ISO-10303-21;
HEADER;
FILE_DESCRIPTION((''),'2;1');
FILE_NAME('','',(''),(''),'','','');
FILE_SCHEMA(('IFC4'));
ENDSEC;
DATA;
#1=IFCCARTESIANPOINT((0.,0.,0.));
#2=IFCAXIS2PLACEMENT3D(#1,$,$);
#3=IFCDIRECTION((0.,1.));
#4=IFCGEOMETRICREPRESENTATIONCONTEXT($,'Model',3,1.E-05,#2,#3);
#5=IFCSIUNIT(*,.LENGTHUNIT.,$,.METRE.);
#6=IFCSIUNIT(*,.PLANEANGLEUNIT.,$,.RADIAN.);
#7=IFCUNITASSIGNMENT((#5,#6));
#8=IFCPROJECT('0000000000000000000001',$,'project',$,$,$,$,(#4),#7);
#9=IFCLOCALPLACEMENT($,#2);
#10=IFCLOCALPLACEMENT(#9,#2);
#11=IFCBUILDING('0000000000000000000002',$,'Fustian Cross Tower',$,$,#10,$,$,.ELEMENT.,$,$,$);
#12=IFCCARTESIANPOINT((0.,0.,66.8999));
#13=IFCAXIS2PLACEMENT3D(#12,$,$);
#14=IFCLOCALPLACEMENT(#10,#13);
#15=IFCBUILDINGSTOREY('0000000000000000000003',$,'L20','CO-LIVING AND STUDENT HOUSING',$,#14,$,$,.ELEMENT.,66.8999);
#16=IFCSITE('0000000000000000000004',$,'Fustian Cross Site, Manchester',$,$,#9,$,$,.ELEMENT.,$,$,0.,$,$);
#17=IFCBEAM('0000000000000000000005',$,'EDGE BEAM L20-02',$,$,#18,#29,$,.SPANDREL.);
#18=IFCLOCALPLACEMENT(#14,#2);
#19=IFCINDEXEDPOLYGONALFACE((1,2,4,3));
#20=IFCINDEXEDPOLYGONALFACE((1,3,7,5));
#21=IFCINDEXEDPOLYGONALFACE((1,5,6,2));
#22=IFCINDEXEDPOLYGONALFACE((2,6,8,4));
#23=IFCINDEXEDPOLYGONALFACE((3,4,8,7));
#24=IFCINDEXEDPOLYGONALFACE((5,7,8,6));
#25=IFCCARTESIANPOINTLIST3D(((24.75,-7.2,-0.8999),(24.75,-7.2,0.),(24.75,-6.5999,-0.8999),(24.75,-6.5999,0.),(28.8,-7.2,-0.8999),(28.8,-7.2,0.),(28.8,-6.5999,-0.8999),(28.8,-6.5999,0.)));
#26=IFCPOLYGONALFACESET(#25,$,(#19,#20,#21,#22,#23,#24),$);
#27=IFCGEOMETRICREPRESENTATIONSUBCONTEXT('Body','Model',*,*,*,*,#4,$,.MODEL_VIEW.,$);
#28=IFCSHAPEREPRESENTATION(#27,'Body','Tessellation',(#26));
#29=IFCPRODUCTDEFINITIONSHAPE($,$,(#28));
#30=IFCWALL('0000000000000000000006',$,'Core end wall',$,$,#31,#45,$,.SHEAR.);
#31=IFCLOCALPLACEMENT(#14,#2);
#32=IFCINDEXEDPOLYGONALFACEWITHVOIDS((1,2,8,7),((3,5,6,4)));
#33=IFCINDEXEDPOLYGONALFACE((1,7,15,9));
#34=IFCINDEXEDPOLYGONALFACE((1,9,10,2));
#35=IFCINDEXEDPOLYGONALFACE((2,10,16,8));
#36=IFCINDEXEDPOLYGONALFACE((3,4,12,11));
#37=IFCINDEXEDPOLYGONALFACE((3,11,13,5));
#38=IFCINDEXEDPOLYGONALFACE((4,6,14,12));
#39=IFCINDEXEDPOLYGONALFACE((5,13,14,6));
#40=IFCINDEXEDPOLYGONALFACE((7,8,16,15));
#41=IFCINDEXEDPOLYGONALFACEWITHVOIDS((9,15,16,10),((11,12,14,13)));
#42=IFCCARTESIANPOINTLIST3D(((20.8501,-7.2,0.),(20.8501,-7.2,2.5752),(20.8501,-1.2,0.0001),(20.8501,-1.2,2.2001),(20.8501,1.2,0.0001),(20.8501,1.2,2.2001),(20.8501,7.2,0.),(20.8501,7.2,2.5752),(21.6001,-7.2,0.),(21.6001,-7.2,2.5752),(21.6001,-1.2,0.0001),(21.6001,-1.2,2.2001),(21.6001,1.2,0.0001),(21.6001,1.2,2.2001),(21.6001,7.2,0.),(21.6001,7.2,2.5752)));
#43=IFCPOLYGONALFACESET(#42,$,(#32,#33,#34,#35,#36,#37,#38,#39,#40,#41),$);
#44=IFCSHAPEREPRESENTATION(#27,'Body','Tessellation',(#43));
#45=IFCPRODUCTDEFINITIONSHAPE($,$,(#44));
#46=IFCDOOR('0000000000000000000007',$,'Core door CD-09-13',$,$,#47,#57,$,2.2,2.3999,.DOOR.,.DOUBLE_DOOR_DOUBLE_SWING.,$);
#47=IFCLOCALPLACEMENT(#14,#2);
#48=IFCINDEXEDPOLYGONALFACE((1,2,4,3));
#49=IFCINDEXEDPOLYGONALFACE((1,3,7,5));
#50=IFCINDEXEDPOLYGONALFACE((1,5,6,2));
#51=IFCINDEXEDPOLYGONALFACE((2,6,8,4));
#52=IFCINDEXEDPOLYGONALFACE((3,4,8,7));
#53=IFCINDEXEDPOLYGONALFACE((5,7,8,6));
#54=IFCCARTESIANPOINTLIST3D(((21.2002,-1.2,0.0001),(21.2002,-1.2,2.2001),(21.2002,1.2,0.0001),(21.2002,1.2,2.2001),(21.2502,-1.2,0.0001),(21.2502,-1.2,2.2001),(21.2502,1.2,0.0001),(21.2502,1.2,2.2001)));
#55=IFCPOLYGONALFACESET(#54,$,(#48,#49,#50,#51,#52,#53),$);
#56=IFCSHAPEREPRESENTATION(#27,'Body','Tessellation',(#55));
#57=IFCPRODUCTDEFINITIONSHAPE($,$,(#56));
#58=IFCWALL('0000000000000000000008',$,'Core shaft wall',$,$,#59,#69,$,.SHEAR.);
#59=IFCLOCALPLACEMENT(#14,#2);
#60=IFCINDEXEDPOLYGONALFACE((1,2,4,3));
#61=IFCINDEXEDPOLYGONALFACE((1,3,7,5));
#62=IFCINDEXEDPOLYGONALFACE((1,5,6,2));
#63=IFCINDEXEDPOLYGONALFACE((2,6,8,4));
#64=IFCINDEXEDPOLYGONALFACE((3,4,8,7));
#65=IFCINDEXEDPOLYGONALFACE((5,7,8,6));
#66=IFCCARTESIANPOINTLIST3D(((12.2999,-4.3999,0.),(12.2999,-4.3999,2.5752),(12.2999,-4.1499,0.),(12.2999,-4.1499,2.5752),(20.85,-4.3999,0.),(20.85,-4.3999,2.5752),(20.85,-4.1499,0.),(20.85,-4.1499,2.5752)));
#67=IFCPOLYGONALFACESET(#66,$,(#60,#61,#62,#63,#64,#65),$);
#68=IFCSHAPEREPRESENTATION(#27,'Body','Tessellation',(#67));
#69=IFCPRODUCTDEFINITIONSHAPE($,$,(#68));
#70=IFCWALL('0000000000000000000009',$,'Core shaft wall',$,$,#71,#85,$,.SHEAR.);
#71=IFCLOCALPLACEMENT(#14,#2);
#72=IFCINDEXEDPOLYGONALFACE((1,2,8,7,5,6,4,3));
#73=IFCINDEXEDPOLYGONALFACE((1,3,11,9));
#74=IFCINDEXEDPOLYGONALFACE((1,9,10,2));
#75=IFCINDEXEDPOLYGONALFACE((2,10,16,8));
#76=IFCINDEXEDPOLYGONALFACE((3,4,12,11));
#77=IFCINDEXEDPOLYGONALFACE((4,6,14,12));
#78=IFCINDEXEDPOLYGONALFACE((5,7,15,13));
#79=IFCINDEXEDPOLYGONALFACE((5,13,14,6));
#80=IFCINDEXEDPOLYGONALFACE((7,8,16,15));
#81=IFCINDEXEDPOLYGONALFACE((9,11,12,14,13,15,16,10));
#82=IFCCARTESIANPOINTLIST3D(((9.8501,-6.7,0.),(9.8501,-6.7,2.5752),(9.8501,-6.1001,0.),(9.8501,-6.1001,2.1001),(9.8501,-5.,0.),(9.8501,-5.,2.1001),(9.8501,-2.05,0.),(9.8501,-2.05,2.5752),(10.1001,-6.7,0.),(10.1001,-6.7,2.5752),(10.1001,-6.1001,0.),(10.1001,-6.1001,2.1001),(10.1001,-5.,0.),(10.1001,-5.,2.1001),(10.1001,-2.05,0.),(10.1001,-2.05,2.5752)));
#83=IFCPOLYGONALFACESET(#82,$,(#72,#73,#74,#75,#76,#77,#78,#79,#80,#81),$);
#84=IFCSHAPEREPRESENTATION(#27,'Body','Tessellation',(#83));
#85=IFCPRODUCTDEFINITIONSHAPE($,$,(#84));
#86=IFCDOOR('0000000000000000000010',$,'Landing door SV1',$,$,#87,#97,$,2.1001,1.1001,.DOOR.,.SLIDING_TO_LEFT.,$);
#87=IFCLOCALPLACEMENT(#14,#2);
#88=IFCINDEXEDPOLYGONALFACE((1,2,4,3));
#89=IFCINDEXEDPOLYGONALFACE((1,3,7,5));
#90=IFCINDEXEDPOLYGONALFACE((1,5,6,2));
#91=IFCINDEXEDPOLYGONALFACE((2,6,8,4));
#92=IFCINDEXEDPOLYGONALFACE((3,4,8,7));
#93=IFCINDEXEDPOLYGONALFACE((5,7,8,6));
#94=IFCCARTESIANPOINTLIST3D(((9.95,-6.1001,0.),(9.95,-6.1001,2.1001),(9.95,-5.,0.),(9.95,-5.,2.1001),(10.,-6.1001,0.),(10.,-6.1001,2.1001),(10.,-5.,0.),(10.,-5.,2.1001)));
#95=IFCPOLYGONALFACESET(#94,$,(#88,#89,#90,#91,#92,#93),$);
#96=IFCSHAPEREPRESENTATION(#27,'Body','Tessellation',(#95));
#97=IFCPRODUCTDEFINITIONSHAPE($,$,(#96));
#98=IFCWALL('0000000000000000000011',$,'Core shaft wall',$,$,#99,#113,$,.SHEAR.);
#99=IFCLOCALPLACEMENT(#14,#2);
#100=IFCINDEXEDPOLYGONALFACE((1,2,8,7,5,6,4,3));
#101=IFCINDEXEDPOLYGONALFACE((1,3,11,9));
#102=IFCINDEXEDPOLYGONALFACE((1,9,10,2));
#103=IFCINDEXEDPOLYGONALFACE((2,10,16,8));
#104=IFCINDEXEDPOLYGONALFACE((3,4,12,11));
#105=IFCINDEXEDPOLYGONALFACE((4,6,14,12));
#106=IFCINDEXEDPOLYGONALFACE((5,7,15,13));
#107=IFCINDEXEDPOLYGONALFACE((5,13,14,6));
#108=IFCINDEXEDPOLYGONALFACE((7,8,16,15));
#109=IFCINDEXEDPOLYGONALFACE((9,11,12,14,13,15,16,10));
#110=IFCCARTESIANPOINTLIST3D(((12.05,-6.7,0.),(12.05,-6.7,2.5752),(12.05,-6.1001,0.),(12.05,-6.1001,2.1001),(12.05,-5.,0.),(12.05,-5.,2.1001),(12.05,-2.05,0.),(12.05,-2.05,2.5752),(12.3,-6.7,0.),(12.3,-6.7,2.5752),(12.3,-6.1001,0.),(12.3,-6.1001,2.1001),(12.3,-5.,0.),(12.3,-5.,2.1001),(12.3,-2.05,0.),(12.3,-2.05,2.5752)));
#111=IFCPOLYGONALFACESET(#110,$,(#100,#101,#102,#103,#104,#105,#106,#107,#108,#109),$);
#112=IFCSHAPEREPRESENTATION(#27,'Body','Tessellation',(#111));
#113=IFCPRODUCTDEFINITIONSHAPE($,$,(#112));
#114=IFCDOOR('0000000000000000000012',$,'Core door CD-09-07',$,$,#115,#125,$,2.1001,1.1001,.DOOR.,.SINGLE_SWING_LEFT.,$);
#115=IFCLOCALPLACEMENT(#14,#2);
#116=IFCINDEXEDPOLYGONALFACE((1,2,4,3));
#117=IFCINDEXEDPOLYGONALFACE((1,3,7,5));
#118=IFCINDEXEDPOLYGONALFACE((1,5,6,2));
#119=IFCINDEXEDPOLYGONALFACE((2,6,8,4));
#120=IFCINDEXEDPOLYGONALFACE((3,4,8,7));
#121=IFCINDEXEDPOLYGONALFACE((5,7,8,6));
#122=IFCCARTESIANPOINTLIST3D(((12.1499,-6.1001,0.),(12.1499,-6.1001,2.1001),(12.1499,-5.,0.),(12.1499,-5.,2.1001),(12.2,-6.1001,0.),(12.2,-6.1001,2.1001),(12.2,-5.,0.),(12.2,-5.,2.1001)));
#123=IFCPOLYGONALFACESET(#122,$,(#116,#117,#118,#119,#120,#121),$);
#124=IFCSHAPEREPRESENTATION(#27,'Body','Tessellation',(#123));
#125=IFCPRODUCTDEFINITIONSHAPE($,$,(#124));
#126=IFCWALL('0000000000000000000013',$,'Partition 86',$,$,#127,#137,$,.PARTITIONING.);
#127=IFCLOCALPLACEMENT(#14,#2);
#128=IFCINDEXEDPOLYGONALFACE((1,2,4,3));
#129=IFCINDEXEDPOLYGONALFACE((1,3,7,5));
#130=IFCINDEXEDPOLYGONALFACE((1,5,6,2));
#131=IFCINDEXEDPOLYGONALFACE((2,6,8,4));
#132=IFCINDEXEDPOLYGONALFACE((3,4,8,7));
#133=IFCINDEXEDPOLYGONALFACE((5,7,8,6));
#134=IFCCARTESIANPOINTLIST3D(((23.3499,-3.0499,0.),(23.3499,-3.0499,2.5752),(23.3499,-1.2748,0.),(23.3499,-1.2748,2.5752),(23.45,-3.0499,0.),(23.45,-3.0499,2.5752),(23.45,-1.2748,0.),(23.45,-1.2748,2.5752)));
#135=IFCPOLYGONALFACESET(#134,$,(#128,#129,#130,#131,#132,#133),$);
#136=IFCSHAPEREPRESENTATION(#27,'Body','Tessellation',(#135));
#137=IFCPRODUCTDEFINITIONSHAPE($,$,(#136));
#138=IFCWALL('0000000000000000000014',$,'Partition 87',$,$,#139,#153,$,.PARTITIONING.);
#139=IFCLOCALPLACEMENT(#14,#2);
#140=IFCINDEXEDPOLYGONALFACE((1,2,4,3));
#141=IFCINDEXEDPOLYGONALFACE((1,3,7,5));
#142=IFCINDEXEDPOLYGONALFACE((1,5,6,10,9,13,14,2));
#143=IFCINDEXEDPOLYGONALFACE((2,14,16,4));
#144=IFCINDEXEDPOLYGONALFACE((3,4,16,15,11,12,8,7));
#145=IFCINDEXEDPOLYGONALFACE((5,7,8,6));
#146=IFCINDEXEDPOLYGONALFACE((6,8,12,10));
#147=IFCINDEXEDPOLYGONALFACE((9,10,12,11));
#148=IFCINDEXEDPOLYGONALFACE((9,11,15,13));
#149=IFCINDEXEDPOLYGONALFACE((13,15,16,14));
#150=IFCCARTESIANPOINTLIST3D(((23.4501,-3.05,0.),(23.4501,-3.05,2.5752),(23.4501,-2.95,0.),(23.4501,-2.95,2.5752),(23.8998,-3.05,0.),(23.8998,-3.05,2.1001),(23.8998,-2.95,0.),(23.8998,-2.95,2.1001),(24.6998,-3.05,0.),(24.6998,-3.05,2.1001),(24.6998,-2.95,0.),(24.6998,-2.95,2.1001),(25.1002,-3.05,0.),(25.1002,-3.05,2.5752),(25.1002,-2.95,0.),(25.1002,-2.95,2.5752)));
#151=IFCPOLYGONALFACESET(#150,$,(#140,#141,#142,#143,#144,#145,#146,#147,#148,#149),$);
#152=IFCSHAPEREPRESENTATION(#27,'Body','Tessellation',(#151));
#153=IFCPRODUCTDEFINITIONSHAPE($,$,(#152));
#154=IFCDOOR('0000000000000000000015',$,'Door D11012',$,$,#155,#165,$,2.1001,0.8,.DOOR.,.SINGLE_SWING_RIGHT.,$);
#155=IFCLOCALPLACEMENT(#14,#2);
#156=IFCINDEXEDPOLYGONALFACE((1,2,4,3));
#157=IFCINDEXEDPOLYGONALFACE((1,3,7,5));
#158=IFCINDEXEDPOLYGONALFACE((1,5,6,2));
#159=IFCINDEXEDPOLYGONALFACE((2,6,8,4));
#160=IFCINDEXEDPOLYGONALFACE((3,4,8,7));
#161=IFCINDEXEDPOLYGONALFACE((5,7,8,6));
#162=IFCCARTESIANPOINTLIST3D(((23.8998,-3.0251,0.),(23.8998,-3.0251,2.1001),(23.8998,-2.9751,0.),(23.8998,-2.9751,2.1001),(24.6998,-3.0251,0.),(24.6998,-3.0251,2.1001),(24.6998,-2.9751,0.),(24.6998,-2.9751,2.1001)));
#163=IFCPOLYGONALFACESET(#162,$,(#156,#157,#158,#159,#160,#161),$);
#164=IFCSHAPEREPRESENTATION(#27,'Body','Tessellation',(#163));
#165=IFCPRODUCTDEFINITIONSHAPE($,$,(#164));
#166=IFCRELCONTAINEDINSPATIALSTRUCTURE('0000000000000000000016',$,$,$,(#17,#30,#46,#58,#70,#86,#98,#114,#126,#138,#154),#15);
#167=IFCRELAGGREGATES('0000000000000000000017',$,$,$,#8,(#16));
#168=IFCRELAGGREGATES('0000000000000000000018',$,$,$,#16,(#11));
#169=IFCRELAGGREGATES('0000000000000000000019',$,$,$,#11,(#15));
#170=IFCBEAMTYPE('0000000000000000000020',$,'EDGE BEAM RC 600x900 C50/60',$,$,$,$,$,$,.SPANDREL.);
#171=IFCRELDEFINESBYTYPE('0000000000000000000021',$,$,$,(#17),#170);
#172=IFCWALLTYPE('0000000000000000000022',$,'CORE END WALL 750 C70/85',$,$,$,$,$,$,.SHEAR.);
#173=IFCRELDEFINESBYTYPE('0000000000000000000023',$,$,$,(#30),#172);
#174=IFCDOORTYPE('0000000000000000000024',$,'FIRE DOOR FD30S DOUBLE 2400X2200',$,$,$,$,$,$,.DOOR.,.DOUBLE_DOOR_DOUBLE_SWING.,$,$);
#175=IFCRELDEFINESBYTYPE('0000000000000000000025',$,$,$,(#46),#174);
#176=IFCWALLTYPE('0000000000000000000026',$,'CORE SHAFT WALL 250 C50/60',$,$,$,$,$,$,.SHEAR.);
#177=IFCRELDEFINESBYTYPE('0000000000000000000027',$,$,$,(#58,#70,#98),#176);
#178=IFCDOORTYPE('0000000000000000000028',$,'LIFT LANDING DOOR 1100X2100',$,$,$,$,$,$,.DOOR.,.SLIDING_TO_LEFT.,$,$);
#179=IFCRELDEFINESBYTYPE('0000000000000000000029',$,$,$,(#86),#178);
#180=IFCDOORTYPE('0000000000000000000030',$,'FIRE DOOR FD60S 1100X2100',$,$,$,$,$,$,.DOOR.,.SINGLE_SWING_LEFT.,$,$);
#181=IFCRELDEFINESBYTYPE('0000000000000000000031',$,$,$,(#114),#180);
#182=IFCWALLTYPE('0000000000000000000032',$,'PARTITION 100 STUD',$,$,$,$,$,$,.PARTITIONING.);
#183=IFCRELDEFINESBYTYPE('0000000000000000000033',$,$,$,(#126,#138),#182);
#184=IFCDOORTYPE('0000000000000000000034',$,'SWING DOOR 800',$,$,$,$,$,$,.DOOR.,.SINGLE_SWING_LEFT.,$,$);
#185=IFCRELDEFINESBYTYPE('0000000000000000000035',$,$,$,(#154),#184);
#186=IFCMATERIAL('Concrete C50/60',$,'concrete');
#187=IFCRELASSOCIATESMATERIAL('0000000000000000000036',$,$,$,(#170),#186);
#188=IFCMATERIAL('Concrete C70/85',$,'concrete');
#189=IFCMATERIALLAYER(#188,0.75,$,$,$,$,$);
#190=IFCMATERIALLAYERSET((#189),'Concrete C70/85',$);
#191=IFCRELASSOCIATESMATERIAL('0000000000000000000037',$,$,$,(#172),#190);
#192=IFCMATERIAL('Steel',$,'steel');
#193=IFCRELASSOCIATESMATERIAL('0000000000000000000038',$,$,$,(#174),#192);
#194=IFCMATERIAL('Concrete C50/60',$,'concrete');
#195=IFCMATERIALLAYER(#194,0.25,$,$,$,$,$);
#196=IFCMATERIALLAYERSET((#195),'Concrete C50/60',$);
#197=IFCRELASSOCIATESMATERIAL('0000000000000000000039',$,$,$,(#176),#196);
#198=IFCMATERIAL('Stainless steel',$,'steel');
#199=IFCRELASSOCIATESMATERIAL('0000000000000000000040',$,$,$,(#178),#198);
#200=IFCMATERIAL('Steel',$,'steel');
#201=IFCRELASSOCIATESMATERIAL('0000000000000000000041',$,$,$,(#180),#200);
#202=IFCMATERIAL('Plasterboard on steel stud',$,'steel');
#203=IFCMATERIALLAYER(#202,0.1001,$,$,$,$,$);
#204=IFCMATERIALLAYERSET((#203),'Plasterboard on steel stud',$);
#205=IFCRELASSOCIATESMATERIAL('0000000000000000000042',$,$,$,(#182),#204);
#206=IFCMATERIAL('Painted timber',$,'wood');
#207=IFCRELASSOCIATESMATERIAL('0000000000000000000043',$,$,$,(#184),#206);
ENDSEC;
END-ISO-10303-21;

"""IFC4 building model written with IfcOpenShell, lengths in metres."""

from ifc_helpers import new_model, si_unit, direction, frame, frame_2d, origin, origin_2d, place, context, subcontext, project, spatial, rectangle, extrude, material, layer, layer_set, material_profile, profile_set, type_object, element, fill, save


model = new_model("IFC4")

# Units and contexts
model_context = context("Model", 3, precision=1e-05, world=origin(), true_north=direction((0.0, 1.0)))
body_context = subcontext(model_context, "Body", "Model", "MODEL_VIEW")
ifc_project = project(units=[si_unit("LENGTHUNIT", "METRE"), si_unit("PLANEANGLEUNIT", "RADIAN")], contexts=[model_context])

# Site, building, storey
site_placement = place(None, origin())
site = spatial("IfcSite", under=ifc_project, at=site_placement, Name="Fustian Cross Site, Manchester", CompositionType="ELEMENT", RefElevation=0.0)
building_placement = place(site_placement, origin())
building = spatial("IfcBuilding", under=site, at=building_placement, Name="Fustian Cross Tower", CompositionType="ELEMENT")
storey_placement = place(building_placement, frame((0.0, 0.0, 66.8999)))
storey = spatial("IfcBuildingStorey", under=building, at=storey_placement, Name="L20", Description="CO-LIVING AND STUDENT HOUSING", CompositionType="ELEMENT", Elevation=66.8999)

# Beam
ifc_material_1 = material(Name="Concrete C50/60", Category="concrete")
ifc_material_profile_1 = material_profile(ifc_material_1, rectangle(XDim=0.6001, YDim=0.8999, at=origin_2d()), Name="RC 600x900")
ifc_profile_set_1 = profile_set([ifc_material_profile_1], Name="Concrete C50/60")
beam_type = type_object("IfcBeamType", Name="EDGE BEAM RC 600x900 C50/60", PredefinedType="SPANDREL", material=ifc_profile_set_1)
beam_1_placement = place(storey_placement, frame((24.75, -6.8999, -0.45), z_axis=(1.0, 0.0, 0.0), x_axis=(0.0, 1.0, 0.0)))
element("IfcBeam", 1, at=beam_1_placement, inside=storey, type_object=beam_type, Name="EDGE BEAM L20-02", PredefinedType="SPANDREL", context=body_context, shape_type="SweptSolid", body=[
    extrude(rectangle(XDim=0.6001, YDim=0.8999, at=origin_2d()), origin(), (0.0, 0.0, 1.0), 4.05),
])

# Wall, opening, door
ifc_material_2 = material(Name="Concrete C70/85", Category="concrete")
ifc_layer_1 = layer(ifc_material_2, 0.75)
ifc_layer_set_1 = layer_set([ifc_layer_1], Name="Concrete C70/85")
wall_type_1 = type_object("IfcWallType", Name="CORE END WALL 750 C70/85", PredefinedType="SHEAR", material=ifc_layer_set_1)
wall_1_placement = place(storey_placement, frame((21.2251, -7.2, 0.0), z_axis=(0.0, 0.0, 1.0), x_axis=(0.0, 1.0, 0.0)))
wall_1 = element("IfcWall", 2, at=wall_1_placement, inside=storey, type_object=wall_type_1, Name="Core end wall", PredefinedType="SHEAR", context=body_context, shape_type="SweptSolid", body=[
    extrude(rectangle(XDim=14.3999, YDim=0.75, at=frame_2d((7.2, 0.0))), origin(), (0.0, 0.0, 1.0), 2.5752),
])
opening_1_placement = place(wall_1_placement, frame((6.0, 0.0, 0.0)))
opening_1 = element("IfcOpeningElement", 3, at=opening_1_placement, cuts=wall_1, PredefinedType="OPENING", context=body_context, shape_type="SweptSolid", body=[
    extrude(rectangle(XDim=2.3999, YDim=2.2, at=frame_2d((1.2, 1.1001))), frame((0.0, 0.385, 0.0), z_axis=(0.0, -1.0, 0.0), x_axis=(1.0, 0.0, 0.0)), (0.0, 0.0, 1.0), 0.77),
])
ifc_material_3 = material(Name="Steel", Category="steel")
door_type_1 = type_object("IfcDoorType", Name="FIRE DOOR FD30S DOUBLE 2400X2200", OperationType="DOUBLE_DOOR_DOUBLE_SWING", PredefinedType="DOOR", material=ifc_material_3)
door_1_placement = place(opening_1_placement, origin())
door_1 = element("IfcDoor", 4, at=door_1_placement, inside=storey, type_object=door_type_1, Name="Core door CD-09-13", OperationType="DOUBLE_DOOR_DOUBLE_SWING", OverallHeight=2.2, OverallWidth=2.3999, PredefinedType="DOOR", context=body_context, shape_type="SweptSolid", body=[
    extrude(rectangle(XDim=2.3999, YDim=2.2, at=frame_2d((1.2, 1.1001))), frame((0.0, 0.0249, 0.0), z_axis=(0.0, -1.0, 0.0), x_axis=(1.0, 0.0, 0.0)), (0.0, 0.0, 1.0), 0.05),
])
fill(opening_1, door_1)

# Wall
ifc_material_4 = material(Name="Concrete C50/60", Category="concrete")
ifc_layer_2 = layer(ifc_material_4, 0.25)
ifc_layer_set_2 = layer_set([ifc_layer_2], Name="Concrete C50/60")
wall_type_2 = type_object("IfcWallType", Name="CORE SHAFT WALL 250 C50/60", PredefinedType="SHEAR", material=ifc_layer_set_2)
wall_2_placement = place(storey_placement, frame((12.3, -4.2749, 0.0), z_axis=(0.0, 0.0, 1.0), x_axis=(1.0, 0.0, 0.0)))
element("IfcWall", 5, at=wall_2_placement, inside=storey, type_object=wall_type_2, Name="Core shaft wall", PredefinedType="SHEAR", context=body_context, shape_type="SweptSolid", body=[
    extrude(rectangle(XDim=8.55, YDim=0.25, at=frame_2d((4.2749, 0.0))), origin(), (0.0, 0.0, 1.0), 2.5752),
])

# Walls, openings, doors
wall_3_placement = place(storey_placement, frame((9.9751, -2.05, 0.0), z_axis=(0.0, 0.0, 1.0), x_axis=(0.0, -1.0, 0.0)))
wall_3 = element("IfcWall", 6, at=wall_3_placement, inside=storey, type_object=wall_type_2, Name="Core shaft wall", PredefinedType="SHEAR", context=body_context, shape_type="SweptSolid", body=[
    extrude(rectangle(XDim=4.6499, YDim=0.25, at=frame_2d((2.325, 0.0))), origin(), (0.0, 0.0, 1.0), 2.5752),
])
opening_2_placement = place(wall_3_placement, frame((2.95, 0.0, 0.0)))
opening_2 = element("IfcOpeningElement", 7, at=opening_2_placement, cuts=wall_3, PredefinedType="OPENING", context=body_context, shape_type="SweptSolid", body=[
    extrude(rectangle(XDim=1.1001, YDim=2.1001, at=frame_2d((0.55, 1.05))), frame((0.0, 0.135, 0.0), z_axis=(0.0, -1.0, 0.0), x_axis=(1.0, 0.0, 0.0)), (0.0, 0.0, 1.0), 0.27),
])
ifc_material_5 = material(Name="Stainless steel", Category="steel")
door_type_2 = type_object("IfcDoorType", Name="LIFT LANDING DOOR 1100X2100", OperationType="SLIDING_TO_LEFT", PredefinedType="DOOR", material=ifc_material_5)
door_2_placement = place(opening_2_placement, origin())
door_2 = element("IfcDoor", 8, at=door_2_placement, inside=storey, type_object=door_type_2, Name="Landing door SV1", OperationType="SLIDING_TO_LEFT", OverallHeight=2.1001, OverallWidth=1.1001, PredefinedType="DOOR", context=body_context, shape_type="SweptSolid", body=[
    extrude(rectangle(XDim=1.1001, YDim=2.1001, at=frame_2d((0.55, 1.05))), frame((0.0, 0.0249, 0.0), z_axis=(0.0, -1.0, 0.0), x_axis=(1.0, 0.0, 0.0)), (0.0, 0.0, 1.0), 0.05),
])
fill(opening_2, door_2)
wall_4_placement = place(storey_placement, frame((12.175, -2.05, 0.0), z_axis=(0.0, 0.0, 1.0), x_axis=(0.0, -1.0, 0.0)))
wall_4 = element("IfcWall", 9, at=wall_4_placement, inside=storey, type_object=wall_type_2, Name="Core shaft wall", PredefinedType="SHEAR", context=body_context, shape_type="SweptSolid", body=[
    extrude(rectangle(XDim=4.6499, YDim=0.25, at=frame_2d((2.325, 0.0))), origin(), (0.0, 0.0, 1.0), 2.5752),
])
opening_3_placement = place(wall_4_placement, frame((2.95, 0.0, 0.0)))
opening_3 = element("IfcOpeningElement", 10, at=opening_3_placement, cuts=wall_4, PredefinedType="OPENING", context=body_context, shape_type="SweptSolid", body=[
    extrude(rectangle(XDim=1.1001, YDim=2.1001, at=frame_2d((0.55, 1.05))), frame((0.0, 0.135, 0.0), z_axis=(0.0, -1.0, 0.0), x_axis=(1.0, 0.0, 0.0)), (0.0, 0.0, 1.0), 0.27),
])
ifc_material_6 = material(Name="Steel", Category="steel")
door_type_3 = type_object("IfcDoorType", Name="FIRE DOOR FD60S 1100X2100", OperationType="SINGLE_SWING_LEFT", PredefinedType="DOOR", material=ifc_material_6)
door_3_placement = place(opening_3_placement, origin())
door_3 = element("IfcDoor", 11, at=door_3_placement, inside=storey, type_object=door_type_3, Name="Core door CD-09-07", OperationType="SINGLE_SWING_LEFT", OverallHeight=2.1001, OverallWidth=1.1001, PredefinedType="DOOR", context=body_context, shape_type="SweptSolid", body=[
    extrude(rectangle(XDim=1.1001, YDim=2.1001, at=frame_2d((0.55, 1.05))), frame((0.0, 0.0249, 0.0), z_axis=(0.0, -1.0, 0.0), x_axis=(1.0, 0.0, 0.0)), (0.0, 0.0, 1.0), 0.05),
])
fill(opening_3, door_3)

# Wall
ifc_material_7 = material(Name="Plasterboard on steel stud", Category="steel")
ifc_layer_3 = layer(ifc_material_7, 0.1001)
ifc_layer_set_3 = layer_set([ifc_layer_3], Name="Plasterboard on steel stud")
wall_type_3 = type_object("IfcWallType", Name="PARTITION 100 STUD", PredefinedType="PARTITIONING", material=ifc_layer_set_3)
wall_5_placement = place(storey_placement, frame((23.3999, -3.05, 0.0), z_axis=(0.0, 0.0, 1.0), x_axis=(0.0, 1.0, 0.0)))
element("IfcWall", 12, at=wall_5_placement, inside=storey, type_object=wall_type_3, Name="Partition 86", PredefinedType="PARTITIONING", context=body_context, shape_type="SweptSolid", body=[
    extrude(rectangle(XDim=1.7751, YDim=0.1001, at=frame_2d((0.8877, 0.0))), origin(), (0.0, 0.0, 1.0), 2.5752),
])

# Wall, opening, door
wall_6_placement = place(storey_placement, frame((23.45, -3.0, 0.0), z_axis=(0.0, 0.0, 1.0), x_axis=(1.0, 0.0, 0.0)))
wall_6 = element("IfcWall", 13, at=wall_6_placement, inside=storey, type_object=wall_type_3, Name="Partition 87", PredefinedType="PARTITIONING", context=body_context, shape_type="SweptSolid", body=[
    extrude(rectangle(XDim=1.6501, YDim=0.1001, at=frame_2d((0.8252, 0.0))), origin(), (0.0, 0.0, 1.0), 2.5752),
])
opening_4_placement = place(wall_6_placement, frame((0.45, 0.0, 0.0)))
opening_4 = element("IfcOpeningElement", 14, at=opening_4_placement, cuts=wall_6, PredefinedType="OPENING", context=body_context, shape_type="SweptSolid", body=[
    extrude(rectangle(XDim=0.8, YDim=2.1001, at=frame_2d((0.3999, 1.05))), frame((0.0, 0.0601, 0.0), z_axis=(0.0, -1.0, 0.0), x_axis=(1.0, 0.0, 0.0)), (0.0, 0.0, 1.0), 0.1201),
])
ifc_material_8 = material(Name="Painted timber", Category="wood")
door_type_4 = type_object("IfcDoorType", Name="SWING DOOR 800", OperationType="SINGLE_SWING_LEFT", PredefinedType="DOOR", material=ifc_material_8)
door_4_placement = place(opening_4_placement, origin())
door_4 = element("IfcDoor", 15, at=door_4_placement, inside=storey, type_object=door_type_4, Name="Door D11012", OperationType="SINGLE_SWING_RIGHT", OverallHeight=2.1001, OverallWidth=0.8, PredefinedType="DOOR", context=body_context, shape_type="SweptSolid", body=[
    extrude(rectangle(XDim=0.8, YDim=2.1001, at=frame_2d((0.3999, 1.05))), frame((0.0, 0.0249, 0.0), z_axis=(0.0, -1.0, 0.0), x_axis=(1.0, 0.0, 0.0)), (0.0, 0.0, 1.0), 0.05),
])
fill(opening_4, door_4)

save(model, "model.ifc")
